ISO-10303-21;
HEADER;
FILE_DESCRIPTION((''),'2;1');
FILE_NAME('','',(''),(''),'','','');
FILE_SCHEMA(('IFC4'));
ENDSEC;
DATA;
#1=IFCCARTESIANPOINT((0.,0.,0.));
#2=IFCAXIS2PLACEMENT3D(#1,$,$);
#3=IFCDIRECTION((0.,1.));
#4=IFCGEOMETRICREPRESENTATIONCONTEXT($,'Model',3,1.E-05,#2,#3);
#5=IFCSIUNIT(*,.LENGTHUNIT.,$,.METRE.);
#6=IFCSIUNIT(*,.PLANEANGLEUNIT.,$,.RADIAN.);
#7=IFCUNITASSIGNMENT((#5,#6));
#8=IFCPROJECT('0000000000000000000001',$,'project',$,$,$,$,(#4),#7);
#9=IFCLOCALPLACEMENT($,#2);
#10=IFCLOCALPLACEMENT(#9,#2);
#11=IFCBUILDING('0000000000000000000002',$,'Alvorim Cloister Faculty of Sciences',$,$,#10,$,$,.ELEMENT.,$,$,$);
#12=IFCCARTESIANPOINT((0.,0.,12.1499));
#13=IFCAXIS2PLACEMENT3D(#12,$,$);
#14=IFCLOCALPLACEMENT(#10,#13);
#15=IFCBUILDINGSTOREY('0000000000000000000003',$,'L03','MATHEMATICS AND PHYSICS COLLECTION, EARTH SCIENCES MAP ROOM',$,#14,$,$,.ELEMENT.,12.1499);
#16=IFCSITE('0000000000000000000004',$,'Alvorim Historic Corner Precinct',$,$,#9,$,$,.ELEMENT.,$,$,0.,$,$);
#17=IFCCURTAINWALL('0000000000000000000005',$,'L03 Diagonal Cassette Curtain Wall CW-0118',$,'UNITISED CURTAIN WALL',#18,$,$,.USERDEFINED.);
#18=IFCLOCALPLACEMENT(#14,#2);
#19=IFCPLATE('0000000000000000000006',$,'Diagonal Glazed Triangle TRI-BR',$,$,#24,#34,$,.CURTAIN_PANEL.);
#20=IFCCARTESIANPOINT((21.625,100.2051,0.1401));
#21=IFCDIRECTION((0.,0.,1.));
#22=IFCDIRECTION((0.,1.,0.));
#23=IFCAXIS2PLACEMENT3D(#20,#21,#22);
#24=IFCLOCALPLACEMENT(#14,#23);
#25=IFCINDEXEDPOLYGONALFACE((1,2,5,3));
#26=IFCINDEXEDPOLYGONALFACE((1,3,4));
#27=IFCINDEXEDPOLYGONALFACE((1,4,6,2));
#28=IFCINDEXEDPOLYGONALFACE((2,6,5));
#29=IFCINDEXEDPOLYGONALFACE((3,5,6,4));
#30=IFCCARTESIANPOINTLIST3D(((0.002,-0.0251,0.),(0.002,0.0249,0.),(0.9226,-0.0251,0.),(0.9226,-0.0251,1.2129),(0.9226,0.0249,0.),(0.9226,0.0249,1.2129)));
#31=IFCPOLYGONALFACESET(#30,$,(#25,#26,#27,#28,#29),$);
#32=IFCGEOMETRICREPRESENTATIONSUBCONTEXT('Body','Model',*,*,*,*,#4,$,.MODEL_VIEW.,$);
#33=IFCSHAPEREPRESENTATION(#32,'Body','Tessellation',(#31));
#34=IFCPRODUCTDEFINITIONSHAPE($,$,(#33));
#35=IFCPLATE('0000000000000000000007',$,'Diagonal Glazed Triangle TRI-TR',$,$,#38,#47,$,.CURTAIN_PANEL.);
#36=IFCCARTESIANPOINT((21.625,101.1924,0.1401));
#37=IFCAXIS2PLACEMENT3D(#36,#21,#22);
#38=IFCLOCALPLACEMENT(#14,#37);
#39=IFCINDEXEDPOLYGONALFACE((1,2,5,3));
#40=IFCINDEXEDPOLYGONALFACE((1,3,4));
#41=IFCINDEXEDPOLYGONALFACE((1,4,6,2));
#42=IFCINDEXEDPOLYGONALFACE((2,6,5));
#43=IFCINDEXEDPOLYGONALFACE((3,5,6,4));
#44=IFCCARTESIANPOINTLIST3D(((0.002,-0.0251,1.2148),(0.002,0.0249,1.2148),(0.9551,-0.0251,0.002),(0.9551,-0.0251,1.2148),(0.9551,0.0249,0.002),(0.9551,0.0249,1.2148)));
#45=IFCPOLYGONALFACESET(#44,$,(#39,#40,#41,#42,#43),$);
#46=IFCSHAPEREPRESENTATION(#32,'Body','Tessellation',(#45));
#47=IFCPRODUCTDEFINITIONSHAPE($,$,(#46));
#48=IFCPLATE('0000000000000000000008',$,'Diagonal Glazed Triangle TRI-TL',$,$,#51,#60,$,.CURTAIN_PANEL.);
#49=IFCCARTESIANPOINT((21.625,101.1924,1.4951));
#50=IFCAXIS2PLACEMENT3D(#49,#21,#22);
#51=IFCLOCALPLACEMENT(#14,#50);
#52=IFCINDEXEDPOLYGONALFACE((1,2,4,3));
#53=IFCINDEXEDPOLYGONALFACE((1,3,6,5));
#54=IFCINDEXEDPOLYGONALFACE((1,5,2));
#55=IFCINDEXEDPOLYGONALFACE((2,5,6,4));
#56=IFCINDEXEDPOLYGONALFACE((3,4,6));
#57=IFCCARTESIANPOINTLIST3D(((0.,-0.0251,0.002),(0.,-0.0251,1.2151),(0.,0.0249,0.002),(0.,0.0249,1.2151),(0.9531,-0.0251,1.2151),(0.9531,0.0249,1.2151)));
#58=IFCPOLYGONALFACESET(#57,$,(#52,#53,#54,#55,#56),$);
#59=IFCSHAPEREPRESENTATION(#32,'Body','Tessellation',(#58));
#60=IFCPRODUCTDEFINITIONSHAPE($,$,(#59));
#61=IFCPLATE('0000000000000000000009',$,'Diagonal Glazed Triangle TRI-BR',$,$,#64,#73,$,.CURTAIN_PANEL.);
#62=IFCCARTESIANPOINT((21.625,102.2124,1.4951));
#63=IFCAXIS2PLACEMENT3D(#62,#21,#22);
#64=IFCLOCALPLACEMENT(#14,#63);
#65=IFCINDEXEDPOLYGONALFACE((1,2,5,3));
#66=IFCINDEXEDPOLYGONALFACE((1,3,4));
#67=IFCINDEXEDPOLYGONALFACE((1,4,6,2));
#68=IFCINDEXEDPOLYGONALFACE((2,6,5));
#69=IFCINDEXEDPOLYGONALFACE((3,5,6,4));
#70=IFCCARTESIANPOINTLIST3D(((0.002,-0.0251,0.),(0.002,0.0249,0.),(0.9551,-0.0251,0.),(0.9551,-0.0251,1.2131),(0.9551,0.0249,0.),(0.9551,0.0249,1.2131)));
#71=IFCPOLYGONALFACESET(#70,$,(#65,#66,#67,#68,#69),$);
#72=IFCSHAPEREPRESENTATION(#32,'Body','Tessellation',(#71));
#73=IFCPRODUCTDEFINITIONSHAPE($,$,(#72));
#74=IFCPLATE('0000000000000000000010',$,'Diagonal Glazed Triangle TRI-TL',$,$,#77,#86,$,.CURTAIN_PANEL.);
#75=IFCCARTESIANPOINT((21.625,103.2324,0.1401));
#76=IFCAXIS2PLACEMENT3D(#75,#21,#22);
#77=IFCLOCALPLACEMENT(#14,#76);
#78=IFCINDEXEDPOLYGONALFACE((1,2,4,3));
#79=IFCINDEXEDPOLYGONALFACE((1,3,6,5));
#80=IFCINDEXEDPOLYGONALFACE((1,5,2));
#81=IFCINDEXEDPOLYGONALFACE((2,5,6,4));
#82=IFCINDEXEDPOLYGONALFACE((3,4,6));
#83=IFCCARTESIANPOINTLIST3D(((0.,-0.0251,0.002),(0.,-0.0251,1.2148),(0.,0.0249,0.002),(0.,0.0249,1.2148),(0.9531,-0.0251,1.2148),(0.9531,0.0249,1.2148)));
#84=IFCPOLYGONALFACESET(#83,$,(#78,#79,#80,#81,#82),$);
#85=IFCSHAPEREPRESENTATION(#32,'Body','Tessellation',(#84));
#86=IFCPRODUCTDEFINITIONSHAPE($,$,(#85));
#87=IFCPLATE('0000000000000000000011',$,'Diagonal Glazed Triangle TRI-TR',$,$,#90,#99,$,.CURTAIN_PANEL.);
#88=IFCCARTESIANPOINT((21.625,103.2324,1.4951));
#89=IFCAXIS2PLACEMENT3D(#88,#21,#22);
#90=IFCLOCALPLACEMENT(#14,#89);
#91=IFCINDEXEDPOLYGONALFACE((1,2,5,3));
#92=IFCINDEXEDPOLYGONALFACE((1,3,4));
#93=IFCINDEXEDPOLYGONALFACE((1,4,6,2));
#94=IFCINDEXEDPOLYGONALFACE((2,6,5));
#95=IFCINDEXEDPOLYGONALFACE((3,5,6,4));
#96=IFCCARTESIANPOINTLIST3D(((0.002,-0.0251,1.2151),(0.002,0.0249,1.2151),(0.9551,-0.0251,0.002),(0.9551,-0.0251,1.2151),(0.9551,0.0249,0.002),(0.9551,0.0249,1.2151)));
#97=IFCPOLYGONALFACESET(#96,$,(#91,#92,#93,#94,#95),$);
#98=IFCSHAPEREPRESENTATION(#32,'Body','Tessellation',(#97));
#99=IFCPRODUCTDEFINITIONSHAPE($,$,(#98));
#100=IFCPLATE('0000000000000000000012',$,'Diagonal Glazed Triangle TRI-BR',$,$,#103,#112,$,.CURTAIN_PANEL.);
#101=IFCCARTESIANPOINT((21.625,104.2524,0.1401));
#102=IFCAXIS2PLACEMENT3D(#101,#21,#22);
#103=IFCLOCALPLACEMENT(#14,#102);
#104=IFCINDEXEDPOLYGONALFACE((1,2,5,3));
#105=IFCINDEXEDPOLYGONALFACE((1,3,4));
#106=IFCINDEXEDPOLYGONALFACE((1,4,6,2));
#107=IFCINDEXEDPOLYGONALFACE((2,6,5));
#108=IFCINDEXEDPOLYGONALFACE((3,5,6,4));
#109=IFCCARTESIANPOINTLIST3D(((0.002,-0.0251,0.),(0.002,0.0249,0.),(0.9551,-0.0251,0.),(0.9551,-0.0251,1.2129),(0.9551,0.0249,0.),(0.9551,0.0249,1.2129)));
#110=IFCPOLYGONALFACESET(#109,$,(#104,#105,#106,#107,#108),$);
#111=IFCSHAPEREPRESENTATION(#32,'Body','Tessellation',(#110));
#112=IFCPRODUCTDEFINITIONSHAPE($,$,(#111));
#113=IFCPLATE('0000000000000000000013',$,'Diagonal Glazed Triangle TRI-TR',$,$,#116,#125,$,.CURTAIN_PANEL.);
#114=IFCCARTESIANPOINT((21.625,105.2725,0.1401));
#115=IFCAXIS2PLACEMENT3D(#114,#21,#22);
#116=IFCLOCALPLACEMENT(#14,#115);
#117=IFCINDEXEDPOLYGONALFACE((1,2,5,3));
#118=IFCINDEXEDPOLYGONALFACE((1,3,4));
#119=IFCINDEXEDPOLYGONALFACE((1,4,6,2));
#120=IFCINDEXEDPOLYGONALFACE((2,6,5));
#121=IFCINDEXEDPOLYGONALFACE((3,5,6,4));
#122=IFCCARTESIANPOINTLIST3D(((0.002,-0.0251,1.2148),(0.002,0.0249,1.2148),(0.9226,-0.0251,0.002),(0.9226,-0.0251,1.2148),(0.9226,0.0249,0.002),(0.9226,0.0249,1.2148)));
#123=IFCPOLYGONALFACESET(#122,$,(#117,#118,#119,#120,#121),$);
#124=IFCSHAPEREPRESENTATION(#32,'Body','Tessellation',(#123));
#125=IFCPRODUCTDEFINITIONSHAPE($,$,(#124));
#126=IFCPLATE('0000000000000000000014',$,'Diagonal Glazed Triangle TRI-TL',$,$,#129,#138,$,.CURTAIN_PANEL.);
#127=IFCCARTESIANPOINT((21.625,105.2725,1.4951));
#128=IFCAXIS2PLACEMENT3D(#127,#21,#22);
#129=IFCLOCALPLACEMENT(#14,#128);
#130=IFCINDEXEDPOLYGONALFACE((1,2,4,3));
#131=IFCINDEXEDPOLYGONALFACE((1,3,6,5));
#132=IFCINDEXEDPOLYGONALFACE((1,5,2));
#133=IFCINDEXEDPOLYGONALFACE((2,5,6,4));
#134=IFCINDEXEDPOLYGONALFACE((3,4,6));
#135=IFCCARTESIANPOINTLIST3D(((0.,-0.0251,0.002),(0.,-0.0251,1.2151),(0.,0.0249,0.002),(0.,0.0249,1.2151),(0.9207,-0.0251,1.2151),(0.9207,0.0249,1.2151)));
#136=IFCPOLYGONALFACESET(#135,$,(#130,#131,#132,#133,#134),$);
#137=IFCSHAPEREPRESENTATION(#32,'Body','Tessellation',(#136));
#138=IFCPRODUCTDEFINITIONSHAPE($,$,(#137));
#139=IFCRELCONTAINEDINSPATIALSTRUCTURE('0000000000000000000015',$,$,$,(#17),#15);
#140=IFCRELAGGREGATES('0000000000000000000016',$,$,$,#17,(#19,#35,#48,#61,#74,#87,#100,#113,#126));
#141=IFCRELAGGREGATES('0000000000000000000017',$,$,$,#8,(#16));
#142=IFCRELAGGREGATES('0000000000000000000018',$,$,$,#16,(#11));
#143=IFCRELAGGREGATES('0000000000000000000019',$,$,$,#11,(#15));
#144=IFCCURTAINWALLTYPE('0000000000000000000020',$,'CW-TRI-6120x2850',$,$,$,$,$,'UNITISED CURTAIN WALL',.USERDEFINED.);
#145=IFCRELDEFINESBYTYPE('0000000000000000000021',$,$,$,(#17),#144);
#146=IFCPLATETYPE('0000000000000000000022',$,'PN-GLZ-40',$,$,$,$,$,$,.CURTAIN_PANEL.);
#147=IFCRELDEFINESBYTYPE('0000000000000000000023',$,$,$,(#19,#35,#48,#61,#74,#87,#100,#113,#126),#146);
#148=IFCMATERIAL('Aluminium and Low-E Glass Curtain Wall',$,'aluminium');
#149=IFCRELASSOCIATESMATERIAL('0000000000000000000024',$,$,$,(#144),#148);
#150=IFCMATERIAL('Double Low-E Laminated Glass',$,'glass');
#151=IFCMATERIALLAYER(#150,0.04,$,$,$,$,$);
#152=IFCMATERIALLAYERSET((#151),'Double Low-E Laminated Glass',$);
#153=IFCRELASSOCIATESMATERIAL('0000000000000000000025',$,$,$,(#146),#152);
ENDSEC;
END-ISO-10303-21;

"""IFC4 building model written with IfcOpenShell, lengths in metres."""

from ifc_helpers import new_model, si_unit, direction, frame, origin, place, context, subcontext, project, spatial, polyline, outline, extrude, material, layer, layer_set, type_object, element, aggregate, save


model = new_model("IFC4")

# Units and contexts
model_context = context("Model", 3, precision=1e-05, world=origin(), true_north=direction((0.0, 1.0)))
body_context = subcontext(model_context, "Body", "Model", "MODEL_VIEW")
ifc_project = project(units=[si_unit("LENGTHUNIT", "METRE"), si_unit("PLANEANGLEUNIT", "RADIAN")], contexts=[model_context])

# Site, building, storey
site_placement = place(None, origin())
site = spatial("IfcSite", under=ifc_project, at=site_placement, Name="Alvorim Historic Corner Precinct", CompositionType="ELEMENT", RefElevation=0.0)
building_placement = place(site_placement, origin())
building = spatial("IfcBuilding", under=site, at=building_placement, Name="Alvorim Cloister Faculty of Sciences", CompositionType="ELEMENT")
storey_placement = place(building_placement, frame((0.0, 0.0, 12.1499)))
storey = spatial("IfcBuildingStorey", under=building, at=storey_placement, Name="L03", Description="MATHEMATICS AND PHYSICS COLLECTION, EARTH SCIENCES MAP ROOM", CompositionType="ELEMENT", Elevation=12.1499)

# Curtain wall, plates
ifc_material_1 = material(Name="Aluminium and Low-E Glass Curtain Wall", Category="aluminium")
curtain_wall_type = type_object("IfcCurtainWallType", Name="CW-TRI-6120x2850", ElementType="UNITISED CURTAIN WALL", PredefinedType="USERDEFINED", material=ifc_material_1)
curtain_wall_placement = place(storey_placement, origin())
curtain_wall = element("IfcCurtainWall", 1, at=curtain_wall_placement, inside=storey, type_object=curtain_wall_type, Name="L03 Diagonal Cassette Curtain Wall CW-0118", ObjectType="UNITISED CURTAIN WALL", PredefinedType="USERDEFINED")
ifc_material_2 = material(Name="Double Low-E Laminated Glass", Category="glass")
ifc_layer_1 = layer(ifc_material_2, 0.04)
ifc_layer_set_1 = layer_set([ifc_layer_1], Name="Double Low-E Laminated Glass")
plate_type = type_object("IfcPlateType", Name="PN-GLZ-40", PredefinedType="CURTAIN_PANEL", material=ifc_layer_set_1)
plate_1_placement = place(storey_placement, frame((21.625, 100.2051, 0.1401), z_axis=(0.0, 0.0, 1.0), x_axis=(0.0, 1.0, 0.0)))
plate_1 = element("IfcPlate", 2, at=plate_1_placement, type_object=plate_type, Name="Diagonal Glazed Triangle TRI-BR", PredefinedType="CURTAIN_PANEL", context=body_context, shape_type="SweptSolid", body=[
    extrude(outline(polyline([(0.002, 0.0), (0.9226, 0.0), (0.9226, 1.2129), (0.002, 0.0)])), frame((0.0, 0.0249, 0.0), z_axis=(0.0, -1.0, 0.0), x_axis=(1.0, 0.0, 0.0)), (0.0, 0.0, 1.0), 0.05),
])
plate_2_placement = place(storey_placement, frame((21.625, 101.1924, 0.1401), z_axis=(0.0, 0.0, 1.0), x_axis=(0.0, 1.0, 0.0)))
plate_2 = element("IfcPlate", 3, at=plate_2_placement, type_object=plate_type, Name="Diagonal Glazed Triangle TRI-TR", PredefinedType="CURTAIN_PANEL", context=body_context, shape_type="SweptSolid", body=[
    extrude(outline(polyline([(0.9551, 0.002), (0.9551, 1.2148), (0.002, 1.2148), (0.9551, 0.002)])), frame((0.0, 0.0249, 0.0), z_axis=(0.0, -1.0, 0.0), x_axis=(1.0, 0.0, 0.0)), (0.0, 0.0, 1.0), 0.05),
])
plate_3_placement = place(storey_placement, frame((21.625, 101.1924, 1.4951), z_axis=(0.0, 0.0, 1.0), x_axis=(0.0, 1.0, 0.0)))
plate_3 = element("IfcPlate", 4, at=plate_3_placement, type_object=plate_type, Name="Diagonal Glazed Triangle TRI-TL", PredefinedType="CURTAIN_PANEL", context=body_context, shape_type="SweptSolid", body=[
    extrude(outline(polyline([(0.9531, 1.2151), (0.0, 1.2151), (0.0, 0.002), (0.9531, 1.2151)])), frame((0.0, 0.0249, 0.0), z_axis=(0.0, -1.0, 0.0), x_axis=(1.0, 0.0, 0.0)), (0.0, 0.0, 1.0), 0.05),
])
plate_4_placement = place(storey_placement, frame((21.625, 102.2124, 1.4951), z_axis=(0.0, 0.0, 1.0), x_axis=(0.0, 1.0, 0.0)))
plate_4 = element("IfcPlate", 5, at=plate_4_placement, type_object=plate_type, Name="Diagonal Glazed Triangle TRI-BR", PredefinedType="CURTAIN_PANEL", context=body_context, shape_type="SweptSolid", body=[
    extrude(outline(polyline([(0.002, 0.0), (0.9551, 0.0), (0.9551, 1.2131), (0.002, 0.0)])), frame((0.0, 0.0249, 0.0), z_axis=(0.0, -1.0, 0.0), x_axis=(1.0, 0.0, 0.0)), (0.0, 0.0, 1.0), 0.05),
])
plate_5_placement = place(storey_placement, frame((21.625, 103.2324, 0.1401), z_axis=(0.0, 0.0, 1.0), x_axis=(0.0, 1.0, 0.0)))
plate_5 = element("IfcPlate", 6, at=plate_5_placement, type_object=plate_type, Name="Diagonal Glazed Triangle TRI-TL", PredefinedType="CURTAIN_PANEL", context=body_context, shape_type="SweptSolid", body=[
    extrude(outline(polyline([(0.9531, 1.2148), (0.0, 1.2148), (0.0, 0.002), (0.9531, 1.2148)])), frame((0.0, 0.0249, 0.0), z_axis=(0.0, -1.0, 0.0), x_axis=(1.0, 0.0, 0.0)), (0.0, 0.0, 1.0), 0.05),
])
plate_6_placement = place(storey_placement, frame((21.625, 103.2324, 1.4951), z_axis=(0.0, 0.0, 1.0), x_axis=(0.0, 1.0, 0.0)))
plate_6 = element("IfcPlate", 7, at=plate_6_placement, type_object=plate_type, Name="Diagonal Glazed Triangle TRI-TR", PredefinedType="CURTAIN_PANEL", context=body_context, shape_type="SweptSolid", body=[
    extrude(outline(polyline([(0.9551, 0.002), (0.9551, 1.2151), (0.002, 1.2151), (0.9551, 0.002)])), frame((0.0, 0.0249, 0.0), z_axis=(0.0, -1.0, 0.0), x_axis=(1.0, 0.0, 0.0)), (0.0, 0.0, 1.0), 0.05),
])
plate_7_placement = place(storey_placement, frame((21.625, 104.2524, 0.1401), z_axis=(0.0, 0.0, 1.0), x_axis=(0.0, 1.0, 0.0)))
plate_7 = element("IfcPlate", 8, at=plate_7_placement, type_object=plate_type, Name="Diagonal Glazed Triangle TRI-BR", PredefinedType="CURTAIN_PANEL", context=body_context, shape_type="SweptSolid", body=[
    extrude(outline(polyline([(0.002, 0.0), (0.9551, 0.0), (0.9551, 1.2129), (0.002, 0.0)])), frame((0.0, 0.0249, 0.0), z_axis=(0.0, -1.0, 0.0), x_axis=(1.0, 0.0, 0.0)), (0.0, 0.0, 1.0), 0.05),
])
plate_8_placement = place(storey_placement, frame((21.625, 105.2725, 0.1401), z_axis=(0.0, 0.0, 1.0), x_axis=(0.0, 1.0, 0.0)))
plate_8 = element("IfcPlate", 9, at=plate_8_placement, type_object=plate_type, Name="Diagonal Glazed Triangle TRI-TR", PredefinedType="CURTAIN_PANEL", context=body_context, shape_type="SweptSolid", body=[
    extrude(outline(polyline([(0.9226, 0.002), (0.9226, 1.2148), (0.002, 1.2148), (0.9226, 0.002)])), frame((0.0, 0.0249, 0.0), z_axis=(0.0, -1.0, 0.0), x_axis=(1.0, 0.0, 0.0)), (0.0, 0.0, 1.0), 0.05),
])
plate_9_placement = place(storey_placement, frame((21.625, 105.2725, 1.4951), z_axis=(0.0, 0.0, 1.0), x_axis=(0.0, 1.0, 0.0)))
plate_9 = element("IfcPlate", 10, at=plate_9_placement, type_object=plate_type, Name="Diagonal Glazed Triangle TRI-TL", PredefinedType="CURTAIN_PANEL", context=body_context, shape_type="SweptSolid", body=[
    extrude(outline(polyline([(0.9207, 1.2151), (0.0, 1.2151), (0.0, 0.002), (0.9207, 1.2151)])), frame((0.0, 0.0249, 0.0), z_axis=(0.0, -1.0, 0.0), x_axis=(1.0, 0.0, 0.0)), (0.0, 0.0, 1.0), 0.05),
])
aggregate(curtain_wall, [plate_1, plate_2, plate_3, plate_4, plate_5, plate_6, plate_7, plate_8, plate_9])

save(model, "model.ifc")
